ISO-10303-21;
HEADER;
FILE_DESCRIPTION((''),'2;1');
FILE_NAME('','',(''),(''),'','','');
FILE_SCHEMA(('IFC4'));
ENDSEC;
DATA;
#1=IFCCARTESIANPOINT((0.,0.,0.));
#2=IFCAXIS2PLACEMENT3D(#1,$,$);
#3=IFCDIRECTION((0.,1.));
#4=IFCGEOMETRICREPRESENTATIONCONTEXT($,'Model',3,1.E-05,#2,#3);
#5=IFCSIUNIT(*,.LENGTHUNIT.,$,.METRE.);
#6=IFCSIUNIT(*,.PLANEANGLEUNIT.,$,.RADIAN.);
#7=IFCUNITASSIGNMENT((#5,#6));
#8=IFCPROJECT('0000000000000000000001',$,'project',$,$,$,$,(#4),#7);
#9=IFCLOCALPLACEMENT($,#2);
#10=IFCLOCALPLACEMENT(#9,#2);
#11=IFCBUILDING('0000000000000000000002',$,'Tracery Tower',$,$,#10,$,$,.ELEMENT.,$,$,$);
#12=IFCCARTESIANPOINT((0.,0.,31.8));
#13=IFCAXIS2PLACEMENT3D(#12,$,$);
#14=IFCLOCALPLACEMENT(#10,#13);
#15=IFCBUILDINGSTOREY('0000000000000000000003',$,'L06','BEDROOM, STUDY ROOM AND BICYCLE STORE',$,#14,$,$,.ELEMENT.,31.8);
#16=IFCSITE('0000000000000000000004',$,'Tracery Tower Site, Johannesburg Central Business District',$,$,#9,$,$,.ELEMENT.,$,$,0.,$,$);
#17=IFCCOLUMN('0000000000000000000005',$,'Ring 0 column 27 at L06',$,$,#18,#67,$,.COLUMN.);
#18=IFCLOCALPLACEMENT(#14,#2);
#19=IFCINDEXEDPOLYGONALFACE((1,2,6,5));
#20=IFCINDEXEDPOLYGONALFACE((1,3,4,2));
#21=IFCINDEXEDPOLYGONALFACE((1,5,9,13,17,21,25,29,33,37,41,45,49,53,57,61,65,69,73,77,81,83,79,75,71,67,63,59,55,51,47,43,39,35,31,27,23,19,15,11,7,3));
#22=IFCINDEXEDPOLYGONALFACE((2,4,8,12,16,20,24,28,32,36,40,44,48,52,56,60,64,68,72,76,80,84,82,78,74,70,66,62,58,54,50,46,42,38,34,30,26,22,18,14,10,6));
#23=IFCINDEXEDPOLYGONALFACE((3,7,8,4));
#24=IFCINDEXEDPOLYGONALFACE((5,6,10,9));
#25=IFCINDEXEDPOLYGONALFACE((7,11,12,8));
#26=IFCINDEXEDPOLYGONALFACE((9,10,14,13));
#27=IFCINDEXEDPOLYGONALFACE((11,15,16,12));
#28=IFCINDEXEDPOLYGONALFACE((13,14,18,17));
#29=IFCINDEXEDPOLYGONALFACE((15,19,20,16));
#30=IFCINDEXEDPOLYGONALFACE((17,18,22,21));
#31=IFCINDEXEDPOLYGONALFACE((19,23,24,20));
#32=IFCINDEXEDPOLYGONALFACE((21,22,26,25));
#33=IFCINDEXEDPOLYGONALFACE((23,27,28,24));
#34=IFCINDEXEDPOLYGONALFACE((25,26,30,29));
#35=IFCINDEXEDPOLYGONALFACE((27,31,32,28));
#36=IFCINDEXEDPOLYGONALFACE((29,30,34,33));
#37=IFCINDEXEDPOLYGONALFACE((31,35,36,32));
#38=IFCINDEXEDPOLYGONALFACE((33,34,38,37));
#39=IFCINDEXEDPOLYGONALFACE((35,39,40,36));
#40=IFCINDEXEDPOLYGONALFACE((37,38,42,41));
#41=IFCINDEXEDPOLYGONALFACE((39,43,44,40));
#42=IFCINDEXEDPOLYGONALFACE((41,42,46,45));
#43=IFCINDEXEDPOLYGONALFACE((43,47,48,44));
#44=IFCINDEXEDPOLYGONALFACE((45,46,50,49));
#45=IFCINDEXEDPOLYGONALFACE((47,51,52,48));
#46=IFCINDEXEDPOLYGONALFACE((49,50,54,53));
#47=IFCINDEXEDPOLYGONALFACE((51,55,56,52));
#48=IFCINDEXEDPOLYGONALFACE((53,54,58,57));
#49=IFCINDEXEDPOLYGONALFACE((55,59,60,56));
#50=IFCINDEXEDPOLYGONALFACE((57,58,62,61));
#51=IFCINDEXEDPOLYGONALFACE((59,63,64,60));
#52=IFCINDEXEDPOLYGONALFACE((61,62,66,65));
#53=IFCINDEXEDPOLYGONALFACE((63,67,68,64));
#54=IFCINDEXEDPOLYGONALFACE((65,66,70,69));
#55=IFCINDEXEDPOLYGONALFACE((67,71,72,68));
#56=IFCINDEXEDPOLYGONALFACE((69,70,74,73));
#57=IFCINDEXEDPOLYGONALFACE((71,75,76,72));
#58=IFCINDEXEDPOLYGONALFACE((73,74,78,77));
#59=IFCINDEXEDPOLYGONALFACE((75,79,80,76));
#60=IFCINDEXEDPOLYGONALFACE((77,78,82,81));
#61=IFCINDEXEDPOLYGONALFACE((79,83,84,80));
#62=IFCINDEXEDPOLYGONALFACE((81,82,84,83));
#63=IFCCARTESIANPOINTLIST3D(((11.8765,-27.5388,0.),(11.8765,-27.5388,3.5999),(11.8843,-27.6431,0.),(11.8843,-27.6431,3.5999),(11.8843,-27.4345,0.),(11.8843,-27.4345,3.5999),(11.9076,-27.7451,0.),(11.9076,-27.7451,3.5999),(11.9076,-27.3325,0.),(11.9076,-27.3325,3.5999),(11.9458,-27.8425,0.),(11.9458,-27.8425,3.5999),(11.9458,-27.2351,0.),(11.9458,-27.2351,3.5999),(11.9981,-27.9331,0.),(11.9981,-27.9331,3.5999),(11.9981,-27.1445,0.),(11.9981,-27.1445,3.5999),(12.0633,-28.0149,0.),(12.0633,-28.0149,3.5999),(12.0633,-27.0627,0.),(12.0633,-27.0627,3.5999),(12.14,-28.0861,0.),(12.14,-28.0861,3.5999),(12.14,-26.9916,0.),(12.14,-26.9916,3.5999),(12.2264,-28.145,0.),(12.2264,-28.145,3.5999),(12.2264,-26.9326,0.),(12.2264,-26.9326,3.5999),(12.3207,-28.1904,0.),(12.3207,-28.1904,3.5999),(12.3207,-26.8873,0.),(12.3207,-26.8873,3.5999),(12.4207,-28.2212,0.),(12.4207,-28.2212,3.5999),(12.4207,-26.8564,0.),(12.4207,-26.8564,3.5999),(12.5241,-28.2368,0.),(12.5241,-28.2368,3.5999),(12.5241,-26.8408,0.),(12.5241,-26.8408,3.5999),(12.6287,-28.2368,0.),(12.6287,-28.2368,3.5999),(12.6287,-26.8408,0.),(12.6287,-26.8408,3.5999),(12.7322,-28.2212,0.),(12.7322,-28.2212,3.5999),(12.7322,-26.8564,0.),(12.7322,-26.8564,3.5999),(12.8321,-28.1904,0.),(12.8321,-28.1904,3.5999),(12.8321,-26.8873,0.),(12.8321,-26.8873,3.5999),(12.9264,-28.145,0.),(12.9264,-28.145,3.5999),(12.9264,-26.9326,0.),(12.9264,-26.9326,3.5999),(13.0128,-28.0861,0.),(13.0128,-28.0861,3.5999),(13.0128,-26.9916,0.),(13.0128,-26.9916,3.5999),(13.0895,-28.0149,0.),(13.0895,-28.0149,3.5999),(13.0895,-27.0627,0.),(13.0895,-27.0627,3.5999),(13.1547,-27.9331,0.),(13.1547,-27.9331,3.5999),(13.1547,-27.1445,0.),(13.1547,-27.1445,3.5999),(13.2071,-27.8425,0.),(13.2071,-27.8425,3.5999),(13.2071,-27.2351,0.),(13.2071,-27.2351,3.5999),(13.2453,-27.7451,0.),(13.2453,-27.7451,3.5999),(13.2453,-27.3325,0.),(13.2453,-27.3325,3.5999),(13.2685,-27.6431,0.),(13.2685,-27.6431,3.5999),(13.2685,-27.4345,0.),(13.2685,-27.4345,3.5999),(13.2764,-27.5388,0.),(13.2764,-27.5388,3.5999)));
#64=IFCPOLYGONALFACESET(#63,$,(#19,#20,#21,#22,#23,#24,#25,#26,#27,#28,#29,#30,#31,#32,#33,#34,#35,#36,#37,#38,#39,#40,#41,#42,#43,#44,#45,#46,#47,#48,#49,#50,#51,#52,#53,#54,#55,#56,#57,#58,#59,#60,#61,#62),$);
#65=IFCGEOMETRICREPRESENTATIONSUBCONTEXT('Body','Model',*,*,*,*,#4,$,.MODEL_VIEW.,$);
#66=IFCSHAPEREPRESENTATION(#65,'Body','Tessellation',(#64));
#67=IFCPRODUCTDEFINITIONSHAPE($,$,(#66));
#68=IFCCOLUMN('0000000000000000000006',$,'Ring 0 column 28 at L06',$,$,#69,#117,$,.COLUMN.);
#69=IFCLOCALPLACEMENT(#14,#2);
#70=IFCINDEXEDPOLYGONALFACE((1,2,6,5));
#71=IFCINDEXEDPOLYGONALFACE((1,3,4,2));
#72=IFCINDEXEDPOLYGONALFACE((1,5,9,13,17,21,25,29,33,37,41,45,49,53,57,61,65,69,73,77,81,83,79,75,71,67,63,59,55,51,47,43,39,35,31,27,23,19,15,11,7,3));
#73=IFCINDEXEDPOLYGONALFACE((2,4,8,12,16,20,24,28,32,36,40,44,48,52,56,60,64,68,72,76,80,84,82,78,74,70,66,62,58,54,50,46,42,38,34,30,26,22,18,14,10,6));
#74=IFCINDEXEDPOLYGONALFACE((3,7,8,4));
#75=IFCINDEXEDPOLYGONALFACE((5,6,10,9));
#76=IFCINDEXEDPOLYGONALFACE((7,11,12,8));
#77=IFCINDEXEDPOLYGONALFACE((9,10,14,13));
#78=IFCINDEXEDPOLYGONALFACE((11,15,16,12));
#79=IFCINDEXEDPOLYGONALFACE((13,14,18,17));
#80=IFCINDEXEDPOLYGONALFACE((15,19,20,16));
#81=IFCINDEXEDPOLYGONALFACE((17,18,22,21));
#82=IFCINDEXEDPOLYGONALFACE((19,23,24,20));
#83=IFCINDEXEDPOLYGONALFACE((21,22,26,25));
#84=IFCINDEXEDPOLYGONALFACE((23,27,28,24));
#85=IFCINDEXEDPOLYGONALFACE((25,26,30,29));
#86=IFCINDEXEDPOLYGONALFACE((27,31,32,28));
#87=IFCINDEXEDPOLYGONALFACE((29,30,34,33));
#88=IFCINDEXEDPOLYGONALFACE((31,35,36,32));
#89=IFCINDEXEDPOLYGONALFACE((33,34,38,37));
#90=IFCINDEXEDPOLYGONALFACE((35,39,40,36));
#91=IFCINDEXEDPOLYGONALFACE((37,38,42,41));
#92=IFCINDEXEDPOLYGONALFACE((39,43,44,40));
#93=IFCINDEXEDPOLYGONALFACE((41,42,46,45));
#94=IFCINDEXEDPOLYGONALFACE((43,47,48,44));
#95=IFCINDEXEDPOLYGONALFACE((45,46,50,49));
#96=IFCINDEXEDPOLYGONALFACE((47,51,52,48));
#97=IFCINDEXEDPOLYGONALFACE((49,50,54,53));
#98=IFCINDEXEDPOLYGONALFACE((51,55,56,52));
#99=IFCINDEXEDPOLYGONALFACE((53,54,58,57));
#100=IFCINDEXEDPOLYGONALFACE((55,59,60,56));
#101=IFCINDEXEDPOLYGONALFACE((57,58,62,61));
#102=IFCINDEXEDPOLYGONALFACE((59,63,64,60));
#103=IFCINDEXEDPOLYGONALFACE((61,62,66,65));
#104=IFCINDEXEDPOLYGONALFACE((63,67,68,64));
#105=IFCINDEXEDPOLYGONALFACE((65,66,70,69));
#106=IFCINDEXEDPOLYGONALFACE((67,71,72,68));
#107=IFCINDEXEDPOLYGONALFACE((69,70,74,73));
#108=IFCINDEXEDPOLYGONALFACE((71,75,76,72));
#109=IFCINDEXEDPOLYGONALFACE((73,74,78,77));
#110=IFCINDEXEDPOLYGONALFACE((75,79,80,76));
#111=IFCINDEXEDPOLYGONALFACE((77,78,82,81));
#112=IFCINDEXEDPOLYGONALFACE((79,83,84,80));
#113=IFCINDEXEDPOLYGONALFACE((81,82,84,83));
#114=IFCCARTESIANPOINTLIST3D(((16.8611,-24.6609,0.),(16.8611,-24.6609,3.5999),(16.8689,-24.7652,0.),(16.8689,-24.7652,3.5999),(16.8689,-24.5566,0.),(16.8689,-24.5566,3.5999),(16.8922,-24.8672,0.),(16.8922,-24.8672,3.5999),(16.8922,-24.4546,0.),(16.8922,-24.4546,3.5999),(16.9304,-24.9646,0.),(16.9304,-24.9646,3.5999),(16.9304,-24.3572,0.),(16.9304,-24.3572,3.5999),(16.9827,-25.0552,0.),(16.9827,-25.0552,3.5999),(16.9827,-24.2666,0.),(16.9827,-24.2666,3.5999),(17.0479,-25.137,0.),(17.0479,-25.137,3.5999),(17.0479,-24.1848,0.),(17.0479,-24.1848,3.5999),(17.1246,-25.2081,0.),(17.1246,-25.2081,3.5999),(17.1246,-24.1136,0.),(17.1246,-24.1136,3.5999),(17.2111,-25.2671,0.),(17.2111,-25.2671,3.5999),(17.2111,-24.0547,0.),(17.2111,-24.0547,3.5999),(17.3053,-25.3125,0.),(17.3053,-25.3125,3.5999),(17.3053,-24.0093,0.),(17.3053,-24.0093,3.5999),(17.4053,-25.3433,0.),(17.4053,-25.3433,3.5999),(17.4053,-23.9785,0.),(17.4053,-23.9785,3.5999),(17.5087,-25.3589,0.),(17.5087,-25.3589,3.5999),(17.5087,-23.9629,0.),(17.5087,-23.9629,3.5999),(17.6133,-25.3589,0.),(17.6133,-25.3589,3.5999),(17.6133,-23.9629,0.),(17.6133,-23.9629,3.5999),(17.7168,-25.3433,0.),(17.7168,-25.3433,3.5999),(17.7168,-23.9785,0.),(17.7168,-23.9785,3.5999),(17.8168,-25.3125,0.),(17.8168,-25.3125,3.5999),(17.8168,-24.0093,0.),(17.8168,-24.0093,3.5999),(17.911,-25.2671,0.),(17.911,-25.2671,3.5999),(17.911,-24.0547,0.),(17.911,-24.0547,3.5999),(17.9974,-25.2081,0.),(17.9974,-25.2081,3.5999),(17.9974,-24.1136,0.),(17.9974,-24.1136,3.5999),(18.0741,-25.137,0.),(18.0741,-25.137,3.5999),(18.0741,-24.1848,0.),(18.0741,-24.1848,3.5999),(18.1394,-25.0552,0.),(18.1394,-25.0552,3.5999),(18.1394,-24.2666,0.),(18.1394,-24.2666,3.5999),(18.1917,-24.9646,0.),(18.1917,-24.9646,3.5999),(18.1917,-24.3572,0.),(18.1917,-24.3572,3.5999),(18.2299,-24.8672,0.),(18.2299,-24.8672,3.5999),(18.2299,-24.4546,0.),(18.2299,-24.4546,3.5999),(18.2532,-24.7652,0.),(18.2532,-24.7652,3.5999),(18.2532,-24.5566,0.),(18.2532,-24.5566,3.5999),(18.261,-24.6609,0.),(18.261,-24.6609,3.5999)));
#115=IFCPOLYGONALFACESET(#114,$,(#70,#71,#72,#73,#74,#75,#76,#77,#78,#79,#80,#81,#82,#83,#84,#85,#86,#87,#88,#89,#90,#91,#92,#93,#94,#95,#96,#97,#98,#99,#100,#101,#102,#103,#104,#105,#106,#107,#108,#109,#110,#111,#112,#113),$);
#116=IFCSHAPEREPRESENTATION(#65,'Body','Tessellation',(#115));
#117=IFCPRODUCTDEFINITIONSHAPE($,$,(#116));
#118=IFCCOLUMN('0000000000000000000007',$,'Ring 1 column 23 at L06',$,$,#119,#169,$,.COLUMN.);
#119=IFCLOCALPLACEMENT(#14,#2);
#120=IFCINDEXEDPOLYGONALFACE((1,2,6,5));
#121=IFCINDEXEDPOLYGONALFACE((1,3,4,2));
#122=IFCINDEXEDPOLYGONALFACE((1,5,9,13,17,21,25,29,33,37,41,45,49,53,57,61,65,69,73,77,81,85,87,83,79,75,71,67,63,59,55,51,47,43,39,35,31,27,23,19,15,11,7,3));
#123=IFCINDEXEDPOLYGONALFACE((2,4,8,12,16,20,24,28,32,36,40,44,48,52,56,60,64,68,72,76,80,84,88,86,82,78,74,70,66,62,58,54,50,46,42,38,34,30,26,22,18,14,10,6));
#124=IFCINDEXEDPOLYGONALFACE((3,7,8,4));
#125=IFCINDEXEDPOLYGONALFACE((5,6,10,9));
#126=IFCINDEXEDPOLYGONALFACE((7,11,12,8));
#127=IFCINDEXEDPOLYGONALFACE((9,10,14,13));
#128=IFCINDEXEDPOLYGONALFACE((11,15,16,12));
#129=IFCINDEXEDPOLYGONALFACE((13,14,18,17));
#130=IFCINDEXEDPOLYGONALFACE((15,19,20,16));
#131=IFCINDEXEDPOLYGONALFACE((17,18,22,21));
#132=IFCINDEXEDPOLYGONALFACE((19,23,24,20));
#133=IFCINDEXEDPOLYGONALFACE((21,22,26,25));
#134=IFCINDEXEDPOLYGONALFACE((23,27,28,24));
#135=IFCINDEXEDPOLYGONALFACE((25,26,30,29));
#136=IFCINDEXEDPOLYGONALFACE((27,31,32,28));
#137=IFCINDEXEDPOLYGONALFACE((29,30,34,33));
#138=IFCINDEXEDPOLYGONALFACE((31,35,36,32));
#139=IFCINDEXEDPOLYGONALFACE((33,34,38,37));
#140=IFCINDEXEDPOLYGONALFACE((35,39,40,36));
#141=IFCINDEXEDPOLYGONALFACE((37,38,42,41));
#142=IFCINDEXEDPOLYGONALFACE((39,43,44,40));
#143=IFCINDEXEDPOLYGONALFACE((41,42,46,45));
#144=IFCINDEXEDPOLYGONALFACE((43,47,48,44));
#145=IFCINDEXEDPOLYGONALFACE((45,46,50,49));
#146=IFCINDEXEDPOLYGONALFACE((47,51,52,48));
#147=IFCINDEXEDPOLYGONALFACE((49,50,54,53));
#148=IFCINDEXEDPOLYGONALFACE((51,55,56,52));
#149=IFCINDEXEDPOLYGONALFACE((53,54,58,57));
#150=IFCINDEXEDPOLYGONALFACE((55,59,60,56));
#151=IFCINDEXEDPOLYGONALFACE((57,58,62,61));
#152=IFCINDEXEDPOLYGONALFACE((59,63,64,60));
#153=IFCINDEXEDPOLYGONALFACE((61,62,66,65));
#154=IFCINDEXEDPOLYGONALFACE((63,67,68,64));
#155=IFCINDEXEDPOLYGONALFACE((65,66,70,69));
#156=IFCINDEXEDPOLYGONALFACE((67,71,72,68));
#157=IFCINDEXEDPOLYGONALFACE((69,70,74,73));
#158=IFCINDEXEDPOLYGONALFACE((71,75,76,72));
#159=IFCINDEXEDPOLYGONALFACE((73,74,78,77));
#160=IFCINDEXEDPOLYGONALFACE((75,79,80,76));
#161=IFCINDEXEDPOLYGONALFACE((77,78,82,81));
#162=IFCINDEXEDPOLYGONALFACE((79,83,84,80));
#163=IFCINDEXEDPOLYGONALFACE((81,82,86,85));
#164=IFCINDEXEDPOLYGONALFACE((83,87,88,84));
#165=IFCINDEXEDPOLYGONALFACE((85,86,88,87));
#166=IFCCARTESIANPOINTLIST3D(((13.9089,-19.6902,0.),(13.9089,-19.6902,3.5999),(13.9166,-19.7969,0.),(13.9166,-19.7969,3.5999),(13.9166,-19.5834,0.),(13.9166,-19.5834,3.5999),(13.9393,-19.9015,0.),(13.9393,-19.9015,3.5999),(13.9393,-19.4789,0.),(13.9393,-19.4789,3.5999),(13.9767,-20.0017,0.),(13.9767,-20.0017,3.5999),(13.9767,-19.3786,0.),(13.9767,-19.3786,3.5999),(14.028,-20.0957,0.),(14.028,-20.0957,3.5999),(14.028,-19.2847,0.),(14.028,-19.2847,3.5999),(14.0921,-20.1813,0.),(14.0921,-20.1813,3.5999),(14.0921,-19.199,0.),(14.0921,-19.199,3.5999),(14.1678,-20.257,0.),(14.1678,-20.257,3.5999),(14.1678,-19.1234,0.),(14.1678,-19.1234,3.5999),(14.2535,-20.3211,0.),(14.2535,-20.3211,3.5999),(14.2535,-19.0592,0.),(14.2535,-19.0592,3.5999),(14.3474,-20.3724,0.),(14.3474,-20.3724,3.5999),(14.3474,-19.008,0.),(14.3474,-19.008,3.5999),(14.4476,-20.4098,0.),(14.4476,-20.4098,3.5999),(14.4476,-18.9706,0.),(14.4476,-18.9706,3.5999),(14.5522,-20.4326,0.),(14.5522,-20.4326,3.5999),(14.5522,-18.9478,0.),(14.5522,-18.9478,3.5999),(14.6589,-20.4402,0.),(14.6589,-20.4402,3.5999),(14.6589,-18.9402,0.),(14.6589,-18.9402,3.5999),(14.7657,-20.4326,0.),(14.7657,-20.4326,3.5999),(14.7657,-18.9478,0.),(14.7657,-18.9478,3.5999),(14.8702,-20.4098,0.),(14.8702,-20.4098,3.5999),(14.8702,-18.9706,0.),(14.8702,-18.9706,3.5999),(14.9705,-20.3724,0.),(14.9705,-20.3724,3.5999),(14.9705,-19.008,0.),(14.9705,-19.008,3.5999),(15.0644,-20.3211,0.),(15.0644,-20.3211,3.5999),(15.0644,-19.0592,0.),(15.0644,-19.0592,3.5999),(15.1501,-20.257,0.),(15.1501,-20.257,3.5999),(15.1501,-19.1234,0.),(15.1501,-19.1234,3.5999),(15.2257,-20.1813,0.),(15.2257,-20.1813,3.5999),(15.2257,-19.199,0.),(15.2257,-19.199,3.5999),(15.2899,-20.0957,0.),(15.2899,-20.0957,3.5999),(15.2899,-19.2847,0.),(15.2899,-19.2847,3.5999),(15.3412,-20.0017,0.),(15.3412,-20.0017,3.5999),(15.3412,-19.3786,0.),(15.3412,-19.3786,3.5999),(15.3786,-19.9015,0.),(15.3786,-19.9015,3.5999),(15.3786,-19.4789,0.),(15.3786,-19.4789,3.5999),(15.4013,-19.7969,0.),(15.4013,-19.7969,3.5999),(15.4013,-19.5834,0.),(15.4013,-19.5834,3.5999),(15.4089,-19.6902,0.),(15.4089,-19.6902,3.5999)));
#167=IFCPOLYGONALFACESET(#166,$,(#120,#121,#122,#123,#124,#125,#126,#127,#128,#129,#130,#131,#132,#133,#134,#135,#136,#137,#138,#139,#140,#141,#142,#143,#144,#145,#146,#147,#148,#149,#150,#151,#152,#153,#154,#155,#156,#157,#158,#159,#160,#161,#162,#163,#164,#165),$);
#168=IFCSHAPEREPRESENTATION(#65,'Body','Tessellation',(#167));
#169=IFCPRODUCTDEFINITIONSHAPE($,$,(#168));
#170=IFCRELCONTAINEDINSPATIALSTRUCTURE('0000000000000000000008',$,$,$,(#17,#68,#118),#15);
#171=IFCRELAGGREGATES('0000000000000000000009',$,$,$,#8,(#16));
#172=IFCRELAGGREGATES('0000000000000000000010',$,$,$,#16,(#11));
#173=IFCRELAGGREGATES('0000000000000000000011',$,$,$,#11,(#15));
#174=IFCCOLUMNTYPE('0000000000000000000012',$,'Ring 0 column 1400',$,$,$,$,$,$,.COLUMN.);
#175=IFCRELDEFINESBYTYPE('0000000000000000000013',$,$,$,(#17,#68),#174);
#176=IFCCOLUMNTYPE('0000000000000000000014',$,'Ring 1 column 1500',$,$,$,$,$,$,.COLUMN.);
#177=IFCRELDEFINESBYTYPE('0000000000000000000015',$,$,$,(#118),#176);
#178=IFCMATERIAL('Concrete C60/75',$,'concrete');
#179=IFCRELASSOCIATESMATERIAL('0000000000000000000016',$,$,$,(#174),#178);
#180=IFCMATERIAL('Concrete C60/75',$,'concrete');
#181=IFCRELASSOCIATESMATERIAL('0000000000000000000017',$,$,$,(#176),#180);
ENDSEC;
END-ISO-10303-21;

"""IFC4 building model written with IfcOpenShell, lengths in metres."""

from ifc_helpers import new_model, si_unit, direction, frame, origin, origin_2d, place, context, subcontext, project, spatial, circle, extrude, material, material_profile, profile_set, type_object, element, save


model = new_model("IFC4")

# Units and contexts
model_context = context("Model", 3, precision=1e-05, world=origin(), true_north=direction((0.0, 1.0)))
body_context = subcontext(model_context, "Body", "Model", "MODEL_VIEW")
ifc_project = project(units=[si_unit("LENGTHUNIT", "METRE"), si_unit("PLANEANGLEUNIT", "RADIAN")], contexts=[model_context])

# Site, building, storey
site_placement = place(None, origin())
site = spatial("IfcSite", under=ifc_project, at=site_placement, Name="Tracery Tower Site, Johannesburg Central Business District", CompositionType="ELEMENT", RefElevation=0.0)
building_placement = place(site_placement, origin())
building = spatial("IfcBuilding", under=site, at=building_placement, Name="Tracery Tower", CompositionType="ELEMENT")
storey_placement = place(building_placement, frame((0.0, 0.0, 31.8)))
storey = spatial("IfcBuildingStorey", under=building, at=storey_placement, Name="L06", Description="BEDROOM, STUDY ROOM AND BICYCLE STORE", CompositionType="ELEMENT", Elevation=31.8)

# Columns
ifc_material_1 = material(Name="Concrete C60/75", Category="concrete")
ifc_material_profile_1 = material_profile(ifc_material_1, circle(Radius=0.7, at=origin_2d()), Name="RC D1400")
ifc_profile_set_1 = profile_set([ifc_material_profile_1], Name="Concrete C60/75")
column_type_1 = type_object("IfcColumnType", Name="Ring 0 column 1400", PredefinedType="COLUMN", material=ifc_profile_set_1)
for number, where, z_axis, x_axis, name in (
    (1, (12.5764, -27.5388, 0.0), (0.0, 0.0, 1.0), (1.0, 0.0, 0.0), "Ring 0 column 27 at L06"),
    (2, (17.561, -24.6609, 0.0), (0.0, 0.0, 1.0), (1.0, 0.0, 0.0), "Ring 0 column 28 at L06"),
):
    element("IfcColumn", number, at=place(storey_placement, frame(where, z_axis=z_axis, x_axis=x_axis)), inside=storey, type_object=column_type_1, Name=name, PredefinedType="COLUMN", context=body_context, shape_type="SweptSolid", body=[
        extrude(circle(Radius=0.7, at=origin_2d()), origin(), (0.0, 0.0, 1.0), 3.5999),
    ])
ifc_material_2 = material(Name="Concrete C60/75", Category="concrete")
ifc_material_profile_2 = material_profile(ifc_material_2, circle(Radius=0.75, at=origin_2d()), Name="RC D1500")
ifc_profile_set_2 = profile_set([ifc_material_profile_2], Name="Concrete C60/75")
column_type_2 = type_object("IfcColumnType", Name="Ring 1 column 1500", PredefinedType="COLUMN", material=ifc_profile_set_2)
column_1_placement = place(storey_placement, frame((14.6589, -19.6902, 0.0), z_axis=(0.0, 0.0, 1.0), x_axis=(1.0, 0.0, 0.0)))
element("IfcColumn", 3, at=column_1_placement, inside=storey, type_object=column_type_2, Name="Ring 1 column 23 at L06", PredefinedType="COLUMN", context=body_context, shape_type="SweptSolid", body=[
    extrude(circle(Radius=0.75, at=origin_2d()), origin(), (0.0, 0.0, 1.0), 3.5999),
])

save(model, "model.ifc")
